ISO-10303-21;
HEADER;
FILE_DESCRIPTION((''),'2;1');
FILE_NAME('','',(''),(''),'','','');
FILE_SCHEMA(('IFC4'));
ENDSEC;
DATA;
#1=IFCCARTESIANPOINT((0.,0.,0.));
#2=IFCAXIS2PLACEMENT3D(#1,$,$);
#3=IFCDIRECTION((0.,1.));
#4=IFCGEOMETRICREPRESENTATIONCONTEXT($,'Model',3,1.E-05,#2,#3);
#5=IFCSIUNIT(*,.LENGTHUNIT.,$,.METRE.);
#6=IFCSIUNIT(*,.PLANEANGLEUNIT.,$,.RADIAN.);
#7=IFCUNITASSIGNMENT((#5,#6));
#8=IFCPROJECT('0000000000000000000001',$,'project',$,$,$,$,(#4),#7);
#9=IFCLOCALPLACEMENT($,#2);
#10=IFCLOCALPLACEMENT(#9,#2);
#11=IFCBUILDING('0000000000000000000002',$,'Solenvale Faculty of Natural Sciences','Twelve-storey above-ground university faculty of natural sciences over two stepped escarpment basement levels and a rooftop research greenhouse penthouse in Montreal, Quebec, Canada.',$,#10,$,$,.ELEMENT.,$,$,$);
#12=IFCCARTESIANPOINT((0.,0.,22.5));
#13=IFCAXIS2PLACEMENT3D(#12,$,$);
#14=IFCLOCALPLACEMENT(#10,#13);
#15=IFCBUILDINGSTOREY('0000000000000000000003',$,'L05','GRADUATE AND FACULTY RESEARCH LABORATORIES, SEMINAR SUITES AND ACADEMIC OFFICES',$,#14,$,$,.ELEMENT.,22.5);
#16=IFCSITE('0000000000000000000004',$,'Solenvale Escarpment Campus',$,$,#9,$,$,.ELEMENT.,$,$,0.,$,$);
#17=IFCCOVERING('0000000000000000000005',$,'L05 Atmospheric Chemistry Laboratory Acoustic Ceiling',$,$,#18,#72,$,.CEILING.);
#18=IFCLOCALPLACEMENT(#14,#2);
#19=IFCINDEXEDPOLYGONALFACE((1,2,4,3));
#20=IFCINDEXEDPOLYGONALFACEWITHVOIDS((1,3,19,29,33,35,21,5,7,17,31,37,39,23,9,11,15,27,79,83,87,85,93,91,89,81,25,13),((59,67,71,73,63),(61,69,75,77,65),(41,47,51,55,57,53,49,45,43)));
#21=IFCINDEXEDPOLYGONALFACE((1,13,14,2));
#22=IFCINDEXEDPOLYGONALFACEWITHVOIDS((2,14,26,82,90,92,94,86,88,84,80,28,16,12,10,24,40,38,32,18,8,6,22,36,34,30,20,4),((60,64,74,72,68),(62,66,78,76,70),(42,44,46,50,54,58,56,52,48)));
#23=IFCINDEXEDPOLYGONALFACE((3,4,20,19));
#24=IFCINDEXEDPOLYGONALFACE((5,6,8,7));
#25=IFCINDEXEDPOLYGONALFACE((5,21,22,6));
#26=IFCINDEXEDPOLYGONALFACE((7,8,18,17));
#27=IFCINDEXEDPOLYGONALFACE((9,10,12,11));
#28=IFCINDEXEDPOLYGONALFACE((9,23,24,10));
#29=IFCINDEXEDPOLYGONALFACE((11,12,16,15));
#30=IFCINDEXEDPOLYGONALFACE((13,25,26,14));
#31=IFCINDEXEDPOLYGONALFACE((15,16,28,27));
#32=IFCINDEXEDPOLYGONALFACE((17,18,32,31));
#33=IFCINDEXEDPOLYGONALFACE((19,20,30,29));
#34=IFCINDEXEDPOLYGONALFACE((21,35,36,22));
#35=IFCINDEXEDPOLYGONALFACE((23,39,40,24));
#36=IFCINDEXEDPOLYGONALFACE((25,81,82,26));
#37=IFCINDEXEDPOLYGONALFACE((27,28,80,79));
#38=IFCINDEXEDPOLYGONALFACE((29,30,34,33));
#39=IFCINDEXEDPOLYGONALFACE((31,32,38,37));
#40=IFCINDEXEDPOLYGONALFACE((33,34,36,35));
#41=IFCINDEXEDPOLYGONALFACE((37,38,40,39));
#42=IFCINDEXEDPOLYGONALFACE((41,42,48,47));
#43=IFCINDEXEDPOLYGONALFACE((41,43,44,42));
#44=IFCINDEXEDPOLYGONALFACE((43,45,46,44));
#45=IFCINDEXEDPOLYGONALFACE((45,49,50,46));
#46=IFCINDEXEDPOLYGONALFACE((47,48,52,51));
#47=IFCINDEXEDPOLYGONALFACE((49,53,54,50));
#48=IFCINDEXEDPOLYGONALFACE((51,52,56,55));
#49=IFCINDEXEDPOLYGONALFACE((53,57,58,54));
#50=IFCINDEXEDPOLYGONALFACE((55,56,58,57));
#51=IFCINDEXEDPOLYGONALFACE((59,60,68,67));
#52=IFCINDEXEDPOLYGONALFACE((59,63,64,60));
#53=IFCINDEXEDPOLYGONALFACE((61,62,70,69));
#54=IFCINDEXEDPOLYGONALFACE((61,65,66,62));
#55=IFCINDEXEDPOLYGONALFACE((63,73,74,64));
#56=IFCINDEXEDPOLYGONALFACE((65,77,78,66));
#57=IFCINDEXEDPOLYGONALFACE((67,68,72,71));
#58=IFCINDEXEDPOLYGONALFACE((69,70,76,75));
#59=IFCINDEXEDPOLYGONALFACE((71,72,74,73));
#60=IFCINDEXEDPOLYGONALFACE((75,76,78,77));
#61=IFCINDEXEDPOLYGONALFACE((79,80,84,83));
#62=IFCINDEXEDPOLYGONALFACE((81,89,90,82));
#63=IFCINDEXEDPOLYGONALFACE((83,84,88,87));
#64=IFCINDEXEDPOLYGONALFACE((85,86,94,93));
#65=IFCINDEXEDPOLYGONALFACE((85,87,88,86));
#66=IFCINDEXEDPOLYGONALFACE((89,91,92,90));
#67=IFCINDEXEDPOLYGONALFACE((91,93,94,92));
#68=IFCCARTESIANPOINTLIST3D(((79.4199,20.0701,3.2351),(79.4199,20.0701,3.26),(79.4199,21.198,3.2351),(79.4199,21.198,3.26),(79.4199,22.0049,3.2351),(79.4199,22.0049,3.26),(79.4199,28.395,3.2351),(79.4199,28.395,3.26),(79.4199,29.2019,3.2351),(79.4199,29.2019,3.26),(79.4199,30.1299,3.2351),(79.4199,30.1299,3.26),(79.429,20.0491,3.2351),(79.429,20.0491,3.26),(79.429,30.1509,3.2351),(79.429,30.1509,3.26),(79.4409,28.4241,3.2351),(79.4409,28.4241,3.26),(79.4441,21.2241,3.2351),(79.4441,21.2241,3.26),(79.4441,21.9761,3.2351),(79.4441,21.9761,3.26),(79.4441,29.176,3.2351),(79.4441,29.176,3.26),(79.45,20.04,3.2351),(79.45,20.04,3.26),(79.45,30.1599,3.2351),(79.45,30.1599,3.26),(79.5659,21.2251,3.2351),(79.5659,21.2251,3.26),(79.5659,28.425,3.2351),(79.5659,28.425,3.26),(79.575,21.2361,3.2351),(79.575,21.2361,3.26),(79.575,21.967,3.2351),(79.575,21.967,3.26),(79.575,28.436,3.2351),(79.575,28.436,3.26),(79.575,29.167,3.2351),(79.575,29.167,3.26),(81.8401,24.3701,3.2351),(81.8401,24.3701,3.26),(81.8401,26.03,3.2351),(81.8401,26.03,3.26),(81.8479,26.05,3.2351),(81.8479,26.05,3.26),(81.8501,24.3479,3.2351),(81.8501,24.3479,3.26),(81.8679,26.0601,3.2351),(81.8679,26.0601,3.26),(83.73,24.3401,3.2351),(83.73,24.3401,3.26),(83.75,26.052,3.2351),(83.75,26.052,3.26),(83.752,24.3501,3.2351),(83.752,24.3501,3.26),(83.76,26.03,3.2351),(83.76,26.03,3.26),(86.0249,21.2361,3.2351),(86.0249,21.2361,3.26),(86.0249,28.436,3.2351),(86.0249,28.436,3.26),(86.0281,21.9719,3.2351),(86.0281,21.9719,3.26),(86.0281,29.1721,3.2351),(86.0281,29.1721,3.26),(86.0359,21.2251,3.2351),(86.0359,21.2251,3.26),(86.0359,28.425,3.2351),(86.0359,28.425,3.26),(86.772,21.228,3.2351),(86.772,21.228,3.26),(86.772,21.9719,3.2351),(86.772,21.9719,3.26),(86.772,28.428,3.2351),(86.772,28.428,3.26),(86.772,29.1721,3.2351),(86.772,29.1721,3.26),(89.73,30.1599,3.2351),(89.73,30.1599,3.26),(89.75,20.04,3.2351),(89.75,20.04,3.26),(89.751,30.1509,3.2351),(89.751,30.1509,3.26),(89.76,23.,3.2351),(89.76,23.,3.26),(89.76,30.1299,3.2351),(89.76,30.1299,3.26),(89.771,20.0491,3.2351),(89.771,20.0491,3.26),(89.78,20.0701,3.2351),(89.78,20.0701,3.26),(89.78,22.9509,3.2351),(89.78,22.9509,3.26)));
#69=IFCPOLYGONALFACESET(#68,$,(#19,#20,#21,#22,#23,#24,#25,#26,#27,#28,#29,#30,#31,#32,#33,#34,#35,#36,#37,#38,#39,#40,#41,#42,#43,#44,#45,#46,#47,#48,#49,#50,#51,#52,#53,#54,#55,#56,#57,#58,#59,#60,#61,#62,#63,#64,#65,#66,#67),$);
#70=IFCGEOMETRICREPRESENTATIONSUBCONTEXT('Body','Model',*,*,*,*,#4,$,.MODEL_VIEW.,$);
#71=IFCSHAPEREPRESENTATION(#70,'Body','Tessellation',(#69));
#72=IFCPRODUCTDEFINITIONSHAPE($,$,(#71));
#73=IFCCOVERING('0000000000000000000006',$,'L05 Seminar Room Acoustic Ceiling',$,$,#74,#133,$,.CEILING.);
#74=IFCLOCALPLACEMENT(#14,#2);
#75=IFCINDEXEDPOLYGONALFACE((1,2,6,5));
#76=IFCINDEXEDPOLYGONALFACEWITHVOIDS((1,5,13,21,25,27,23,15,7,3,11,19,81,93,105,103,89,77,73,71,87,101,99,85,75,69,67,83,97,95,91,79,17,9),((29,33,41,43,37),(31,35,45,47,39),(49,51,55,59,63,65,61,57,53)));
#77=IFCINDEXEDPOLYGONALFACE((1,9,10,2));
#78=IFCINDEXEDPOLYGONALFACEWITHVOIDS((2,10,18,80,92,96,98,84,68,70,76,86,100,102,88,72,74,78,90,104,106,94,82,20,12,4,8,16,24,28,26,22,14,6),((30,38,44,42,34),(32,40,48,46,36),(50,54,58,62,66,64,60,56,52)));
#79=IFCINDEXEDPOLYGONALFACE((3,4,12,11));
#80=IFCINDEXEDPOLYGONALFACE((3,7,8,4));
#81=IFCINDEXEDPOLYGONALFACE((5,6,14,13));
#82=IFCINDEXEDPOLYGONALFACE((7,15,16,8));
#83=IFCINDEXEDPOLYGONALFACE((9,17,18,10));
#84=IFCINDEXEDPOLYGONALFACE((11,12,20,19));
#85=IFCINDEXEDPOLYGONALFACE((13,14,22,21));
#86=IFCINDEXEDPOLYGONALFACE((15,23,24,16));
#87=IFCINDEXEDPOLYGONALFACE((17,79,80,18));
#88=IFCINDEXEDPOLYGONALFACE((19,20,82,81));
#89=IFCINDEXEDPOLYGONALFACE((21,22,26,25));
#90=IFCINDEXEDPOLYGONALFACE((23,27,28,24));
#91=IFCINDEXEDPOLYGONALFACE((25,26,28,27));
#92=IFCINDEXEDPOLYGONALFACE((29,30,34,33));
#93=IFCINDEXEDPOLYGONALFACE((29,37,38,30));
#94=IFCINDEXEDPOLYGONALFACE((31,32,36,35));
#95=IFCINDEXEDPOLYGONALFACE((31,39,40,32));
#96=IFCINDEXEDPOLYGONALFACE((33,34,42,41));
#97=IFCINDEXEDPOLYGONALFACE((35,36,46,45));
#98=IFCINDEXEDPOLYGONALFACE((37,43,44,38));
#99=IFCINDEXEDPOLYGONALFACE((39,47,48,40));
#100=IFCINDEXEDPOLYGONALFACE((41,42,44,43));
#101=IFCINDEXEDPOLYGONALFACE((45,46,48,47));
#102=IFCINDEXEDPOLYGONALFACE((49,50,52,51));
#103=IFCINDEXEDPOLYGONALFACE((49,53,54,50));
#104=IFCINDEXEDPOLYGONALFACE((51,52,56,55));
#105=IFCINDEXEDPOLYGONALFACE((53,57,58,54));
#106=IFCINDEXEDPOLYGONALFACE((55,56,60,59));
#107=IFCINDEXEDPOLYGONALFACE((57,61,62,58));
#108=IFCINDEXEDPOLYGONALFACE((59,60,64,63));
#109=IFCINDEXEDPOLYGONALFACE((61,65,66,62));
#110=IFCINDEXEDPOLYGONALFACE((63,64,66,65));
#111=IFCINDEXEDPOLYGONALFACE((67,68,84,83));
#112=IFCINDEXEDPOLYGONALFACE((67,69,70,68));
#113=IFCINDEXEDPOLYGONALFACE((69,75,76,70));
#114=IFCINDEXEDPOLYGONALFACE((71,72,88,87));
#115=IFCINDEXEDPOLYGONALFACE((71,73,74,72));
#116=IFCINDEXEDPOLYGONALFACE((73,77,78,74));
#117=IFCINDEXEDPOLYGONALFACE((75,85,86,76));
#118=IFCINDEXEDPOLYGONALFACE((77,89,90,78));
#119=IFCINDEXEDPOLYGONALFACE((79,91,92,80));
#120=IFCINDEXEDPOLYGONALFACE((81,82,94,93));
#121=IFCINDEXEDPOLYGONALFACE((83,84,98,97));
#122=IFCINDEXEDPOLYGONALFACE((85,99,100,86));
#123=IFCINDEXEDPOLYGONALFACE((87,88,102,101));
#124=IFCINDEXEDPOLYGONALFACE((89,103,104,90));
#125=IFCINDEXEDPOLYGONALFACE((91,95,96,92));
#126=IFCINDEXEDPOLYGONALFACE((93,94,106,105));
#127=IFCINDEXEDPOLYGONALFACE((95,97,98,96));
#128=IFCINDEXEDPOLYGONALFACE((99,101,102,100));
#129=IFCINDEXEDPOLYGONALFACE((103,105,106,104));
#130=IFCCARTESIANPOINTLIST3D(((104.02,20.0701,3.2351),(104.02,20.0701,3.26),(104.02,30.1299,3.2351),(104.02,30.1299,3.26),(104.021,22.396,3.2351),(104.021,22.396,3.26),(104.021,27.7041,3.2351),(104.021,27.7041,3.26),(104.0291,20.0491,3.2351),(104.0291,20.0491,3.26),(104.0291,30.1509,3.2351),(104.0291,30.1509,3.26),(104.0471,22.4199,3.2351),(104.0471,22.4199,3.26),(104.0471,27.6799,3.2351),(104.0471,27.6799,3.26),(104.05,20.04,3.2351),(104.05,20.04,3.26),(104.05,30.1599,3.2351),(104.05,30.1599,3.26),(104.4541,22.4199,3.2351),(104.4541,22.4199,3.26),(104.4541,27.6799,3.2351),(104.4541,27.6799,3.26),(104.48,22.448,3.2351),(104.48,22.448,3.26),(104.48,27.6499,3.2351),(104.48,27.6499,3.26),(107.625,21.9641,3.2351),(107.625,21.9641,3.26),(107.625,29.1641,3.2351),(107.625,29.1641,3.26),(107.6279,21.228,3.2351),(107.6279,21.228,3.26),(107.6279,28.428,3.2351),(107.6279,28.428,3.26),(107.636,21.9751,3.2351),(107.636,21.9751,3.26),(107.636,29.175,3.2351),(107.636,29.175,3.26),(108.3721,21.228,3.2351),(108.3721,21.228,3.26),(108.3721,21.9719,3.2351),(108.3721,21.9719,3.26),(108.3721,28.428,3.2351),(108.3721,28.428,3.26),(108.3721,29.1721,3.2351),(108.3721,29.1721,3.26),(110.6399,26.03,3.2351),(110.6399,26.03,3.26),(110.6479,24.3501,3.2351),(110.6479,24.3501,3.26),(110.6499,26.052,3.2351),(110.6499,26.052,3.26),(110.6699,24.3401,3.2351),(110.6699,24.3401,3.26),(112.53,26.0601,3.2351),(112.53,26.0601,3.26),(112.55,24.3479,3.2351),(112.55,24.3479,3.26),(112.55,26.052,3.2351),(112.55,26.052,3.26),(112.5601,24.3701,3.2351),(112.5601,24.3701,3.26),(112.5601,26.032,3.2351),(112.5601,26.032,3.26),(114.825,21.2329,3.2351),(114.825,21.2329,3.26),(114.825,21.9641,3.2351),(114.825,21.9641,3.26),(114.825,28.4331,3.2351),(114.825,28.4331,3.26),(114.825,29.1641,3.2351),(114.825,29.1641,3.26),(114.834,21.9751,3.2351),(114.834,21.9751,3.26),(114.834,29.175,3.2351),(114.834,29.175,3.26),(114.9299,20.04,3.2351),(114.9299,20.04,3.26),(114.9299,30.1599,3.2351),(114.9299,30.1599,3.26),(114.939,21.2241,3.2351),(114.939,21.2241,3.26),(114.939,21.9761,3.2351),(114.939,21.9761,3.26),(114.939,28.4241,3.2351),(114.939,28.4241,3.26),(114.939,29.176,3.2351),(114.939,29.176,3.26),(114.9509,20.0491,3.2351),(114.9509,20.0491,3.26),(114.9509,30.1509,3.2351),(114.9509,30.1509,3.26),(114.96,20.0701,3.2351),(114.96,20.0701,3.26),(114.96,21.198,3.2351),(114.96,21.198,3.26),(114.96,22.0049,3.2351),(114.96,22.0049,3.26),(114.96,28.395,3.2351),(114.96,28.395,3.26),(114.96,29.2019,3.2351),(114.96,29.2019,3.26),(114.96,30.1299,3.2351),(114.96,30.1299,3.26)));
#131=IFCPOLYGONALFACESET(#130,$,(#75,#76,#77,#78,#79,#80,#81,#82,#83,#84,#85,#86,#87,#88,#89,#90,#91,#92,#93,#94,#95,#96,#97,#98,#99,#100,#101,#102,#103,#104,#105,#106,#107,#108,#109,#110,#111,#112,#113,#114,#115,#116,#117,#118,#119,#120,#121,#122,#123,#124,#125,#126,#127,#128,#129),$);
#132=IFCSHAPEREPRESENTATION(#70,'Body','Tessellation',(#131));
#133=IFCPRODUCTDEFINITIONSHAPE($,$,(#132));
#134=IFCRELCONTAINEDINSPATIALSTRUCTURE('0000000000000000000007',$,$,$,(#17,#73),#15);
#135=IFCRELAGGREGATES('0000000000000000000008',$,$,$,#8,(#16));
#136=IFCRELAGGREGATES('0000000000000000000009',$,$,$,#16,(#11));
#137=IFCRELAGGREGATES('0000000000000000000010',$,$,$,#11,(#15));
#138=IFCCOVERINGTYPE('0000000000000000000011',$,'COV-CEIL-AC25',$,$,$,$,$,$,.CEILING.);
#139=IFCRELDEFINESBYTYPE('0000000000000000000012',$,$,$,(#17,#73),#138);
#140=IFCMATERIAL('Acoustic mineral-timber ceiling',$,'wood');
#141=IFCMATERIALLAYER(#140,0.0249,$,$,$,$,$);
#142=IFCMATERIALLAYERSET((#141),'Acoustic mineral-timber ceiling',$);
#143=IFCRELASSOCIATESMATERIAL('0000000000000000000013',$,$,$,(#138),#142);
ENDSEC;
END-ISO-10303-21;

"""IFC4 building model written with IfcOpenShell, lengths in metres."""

from ifc_helpers import new_model, si_unit, direction, frame, origin, place, context, subcontext, project, spatial, polyline, outline, extrude, material, layer, layer_set, type_object, element, save


model = new_model("IFC4")

# Units and contexts
model_context = context("Model", 3, precision=1e-05, world=origin(), true_north=direction((0.0, 1.0)))
body_context = subcontext(model_context, "Body", "Model", "MODEL_VIEW")
ifc_project = project(units=[si_unit("LENGTHUNIT", "METRE"), si_unit("PLANEANGLEUNIT", "RADIAN")], contexts=[model_context])

# Site, building, storey
site_placement = place(None, origin())
site = spatial("IfcSite", under=ifc_project, at=site_placement, Name="Solenvale Escarpment Campus", CompositionType="ELEMENT", RefElevation=0.0)
building_placement = place(site_placement, origin())
building = spatial("IfcBuilding", under=site, at=building_placement, Name="Solenvale Faculty of Natural Sciences", Description="Twelve-storey above-ground university faculty of natural sciences over two stepped escarpment basement levels and a rooftop research greenhouse penthouse in Montreal, Quebec, Canada.", CompositionType="ELEMENT")
storey_placement = place(building_placement, frame((0.0, 0.0, 22.5)))
storey = spatial("IfcBuildingStorey", under=building, at=storey_placement, Name="L05", Description="GRADUATE AND FACULTY RESEARCH LABORATORIES, SEMINAR SUITES AND ACADEMIC OFFICES", CompositionType="ELEMENT", Elevation=22.5)

# Coverings
ifc_material_1 = material(Name="Acoustic mineral-timber ceiling", Category="wood")
ifc_layer_1 = layer(ifc_material_1, 0.0249)
ifc_layer_set_1 = layer_set([ifc_layer_1], Name="Acoustic mineral-timber ceiling")
covering_type_1 = type_object("IfcCoveringType", Name="COV-CEIL-AC25", PredefinedType="CEILING", material=ifc_layer_set_1)
covering_1_placement = place(storey_placement, frame((0.0, 0.0, 3.2351)))
element("IfcCovering", 1, at=covering_1_placement, inside=storey, type_object=covering_type_1, Name="L05 Atmospheric Chemistry Laboratory Acoustic Ceiling", PredefinedType="CEILING", context=body_context, shape_type="SweptSolid", body=[
    extrude(outline(polyline([(89.73, 30.1599), (89.751, 30.1509), (89.76, 30.1299), (89.76, 23.0), (89.78, 22.9509), (89.78, 20.0701), (89.771, 20.0491), (89.75, 20.04), (79.45, 20.04), (79.429, 20.0491), (79.4199, 20.0701), (79.4199, 21.198), (79.4441, 21.2241), (79.5659, 21.2251), (79.575, 21.2361), (79.575, 21.967), (79.4441, 21.9761), (79.4199, 22.0049), (79.4199, 28.395), (79.4409, 28.4241), (79.5659, 28.425), (79.575, 28.436), (79.575, 29.167), (79.4441, 29.176), (79.4199, 29.2019), (79.4199, 30.1299), (79.429, 30.1509), (79.45, 30.1599), (89.73, 30.1599)]), holes=[polyline([(86.0249, 21.2361), (86.0359, 21.2251), (86.772, 21.228), (86.772, 21.9719), (86.0281, 21.9719), (86.0249, 21.2361)]), polyline([(86.0249, 28.436), (86.0359, 28.425), (86.772, 28.428), (86.772, 29.1721), (86.0281, 29.1721), (86.0249, 28.436)]), polyline([(81.8679, 26.0601), (81.8479, 26.05), (81.8401, 26.03), (81.8401, 24.3701), (81.8501, 24.3479), (83.73, 24.3401), (83.752, 24.3501), (83.76, 26.03), (83.75, 26.052), (81.8679, 26.0601)])]), origin(), (0.0, 0.0, 1.0), 0.0249),
])
covering_2_placement = place(storey_placement, frame((0.0, 0.0, 3.2351)))
element("IfcCovering", 2, at=covering_2_placement, inside=storey, type_object=covering_type_1, Name="L05 Seminar Room Acoustic Ceiling", PredefinedType="CEILING", context=body_context, shape_type="SweptSolid", body=[
    extrude(outline(polyline([(104.05, 20.04), (104.0291, 20.0491), (104.02, 20.0701), (104.021, 22.396), (104.0471, 22.4199), (104.4541, 22.4199), (104.48, 22.448), (104.48, 27.6499), (104.4541, 27.6799), (104.0471, 27.6799), (104.021, 27.7041), (104.02, 30.1299), (104.0291, 30.1509), (104.05, 30.1599), (114.9299, 30.1599), (114.9509, 30.1509), (114.96, 30.1299), (114.96, 29.2019), (114.939, 29.176), (114.834, 29.175), (114.825, 29.1641), (114.825, 28.4331), (114.939, 28.4241), (114.96, 28.395), (114.96, 22.0049), (114.939, 21.9761), (114.834, 21.9751), (114.825, 21.9641), (114.825, 21.2329), (114.939, 21.2241), (114.96, 21.198), (114.96, 20.0701), (114.9509, 20.0491), (114.9299, 20.04), (104.05, 20.04)]), holes=[polyline([(112.5601, 26.032), (112.55, 26.052), (112.53, 26.0601), (110.6499, 26.052), (110.6399, 26.03), (110.6479, 24.3501), (110.6699, 24.3401), (112.55, 24.3479), (112.5601, 24.3701), (112.5601, 26.032)]), polyline([(107.636, 21.9751), (107.625, 21.9641), (107.6279, 21.228), (108.3721, 21.228), (108.3721, 21.9719), (107.636, 21.9751)]), polyline([(107.636, 29.175), (107.625, 29.1641), (107.6279, 28.428), (108.3721, 28.428), (108.3721, 29.1721), (107.636, 29.175)])]), origin(), (0.0, 0.0, 1.0), 0.0249),
])

save(model, "model.ifc")
